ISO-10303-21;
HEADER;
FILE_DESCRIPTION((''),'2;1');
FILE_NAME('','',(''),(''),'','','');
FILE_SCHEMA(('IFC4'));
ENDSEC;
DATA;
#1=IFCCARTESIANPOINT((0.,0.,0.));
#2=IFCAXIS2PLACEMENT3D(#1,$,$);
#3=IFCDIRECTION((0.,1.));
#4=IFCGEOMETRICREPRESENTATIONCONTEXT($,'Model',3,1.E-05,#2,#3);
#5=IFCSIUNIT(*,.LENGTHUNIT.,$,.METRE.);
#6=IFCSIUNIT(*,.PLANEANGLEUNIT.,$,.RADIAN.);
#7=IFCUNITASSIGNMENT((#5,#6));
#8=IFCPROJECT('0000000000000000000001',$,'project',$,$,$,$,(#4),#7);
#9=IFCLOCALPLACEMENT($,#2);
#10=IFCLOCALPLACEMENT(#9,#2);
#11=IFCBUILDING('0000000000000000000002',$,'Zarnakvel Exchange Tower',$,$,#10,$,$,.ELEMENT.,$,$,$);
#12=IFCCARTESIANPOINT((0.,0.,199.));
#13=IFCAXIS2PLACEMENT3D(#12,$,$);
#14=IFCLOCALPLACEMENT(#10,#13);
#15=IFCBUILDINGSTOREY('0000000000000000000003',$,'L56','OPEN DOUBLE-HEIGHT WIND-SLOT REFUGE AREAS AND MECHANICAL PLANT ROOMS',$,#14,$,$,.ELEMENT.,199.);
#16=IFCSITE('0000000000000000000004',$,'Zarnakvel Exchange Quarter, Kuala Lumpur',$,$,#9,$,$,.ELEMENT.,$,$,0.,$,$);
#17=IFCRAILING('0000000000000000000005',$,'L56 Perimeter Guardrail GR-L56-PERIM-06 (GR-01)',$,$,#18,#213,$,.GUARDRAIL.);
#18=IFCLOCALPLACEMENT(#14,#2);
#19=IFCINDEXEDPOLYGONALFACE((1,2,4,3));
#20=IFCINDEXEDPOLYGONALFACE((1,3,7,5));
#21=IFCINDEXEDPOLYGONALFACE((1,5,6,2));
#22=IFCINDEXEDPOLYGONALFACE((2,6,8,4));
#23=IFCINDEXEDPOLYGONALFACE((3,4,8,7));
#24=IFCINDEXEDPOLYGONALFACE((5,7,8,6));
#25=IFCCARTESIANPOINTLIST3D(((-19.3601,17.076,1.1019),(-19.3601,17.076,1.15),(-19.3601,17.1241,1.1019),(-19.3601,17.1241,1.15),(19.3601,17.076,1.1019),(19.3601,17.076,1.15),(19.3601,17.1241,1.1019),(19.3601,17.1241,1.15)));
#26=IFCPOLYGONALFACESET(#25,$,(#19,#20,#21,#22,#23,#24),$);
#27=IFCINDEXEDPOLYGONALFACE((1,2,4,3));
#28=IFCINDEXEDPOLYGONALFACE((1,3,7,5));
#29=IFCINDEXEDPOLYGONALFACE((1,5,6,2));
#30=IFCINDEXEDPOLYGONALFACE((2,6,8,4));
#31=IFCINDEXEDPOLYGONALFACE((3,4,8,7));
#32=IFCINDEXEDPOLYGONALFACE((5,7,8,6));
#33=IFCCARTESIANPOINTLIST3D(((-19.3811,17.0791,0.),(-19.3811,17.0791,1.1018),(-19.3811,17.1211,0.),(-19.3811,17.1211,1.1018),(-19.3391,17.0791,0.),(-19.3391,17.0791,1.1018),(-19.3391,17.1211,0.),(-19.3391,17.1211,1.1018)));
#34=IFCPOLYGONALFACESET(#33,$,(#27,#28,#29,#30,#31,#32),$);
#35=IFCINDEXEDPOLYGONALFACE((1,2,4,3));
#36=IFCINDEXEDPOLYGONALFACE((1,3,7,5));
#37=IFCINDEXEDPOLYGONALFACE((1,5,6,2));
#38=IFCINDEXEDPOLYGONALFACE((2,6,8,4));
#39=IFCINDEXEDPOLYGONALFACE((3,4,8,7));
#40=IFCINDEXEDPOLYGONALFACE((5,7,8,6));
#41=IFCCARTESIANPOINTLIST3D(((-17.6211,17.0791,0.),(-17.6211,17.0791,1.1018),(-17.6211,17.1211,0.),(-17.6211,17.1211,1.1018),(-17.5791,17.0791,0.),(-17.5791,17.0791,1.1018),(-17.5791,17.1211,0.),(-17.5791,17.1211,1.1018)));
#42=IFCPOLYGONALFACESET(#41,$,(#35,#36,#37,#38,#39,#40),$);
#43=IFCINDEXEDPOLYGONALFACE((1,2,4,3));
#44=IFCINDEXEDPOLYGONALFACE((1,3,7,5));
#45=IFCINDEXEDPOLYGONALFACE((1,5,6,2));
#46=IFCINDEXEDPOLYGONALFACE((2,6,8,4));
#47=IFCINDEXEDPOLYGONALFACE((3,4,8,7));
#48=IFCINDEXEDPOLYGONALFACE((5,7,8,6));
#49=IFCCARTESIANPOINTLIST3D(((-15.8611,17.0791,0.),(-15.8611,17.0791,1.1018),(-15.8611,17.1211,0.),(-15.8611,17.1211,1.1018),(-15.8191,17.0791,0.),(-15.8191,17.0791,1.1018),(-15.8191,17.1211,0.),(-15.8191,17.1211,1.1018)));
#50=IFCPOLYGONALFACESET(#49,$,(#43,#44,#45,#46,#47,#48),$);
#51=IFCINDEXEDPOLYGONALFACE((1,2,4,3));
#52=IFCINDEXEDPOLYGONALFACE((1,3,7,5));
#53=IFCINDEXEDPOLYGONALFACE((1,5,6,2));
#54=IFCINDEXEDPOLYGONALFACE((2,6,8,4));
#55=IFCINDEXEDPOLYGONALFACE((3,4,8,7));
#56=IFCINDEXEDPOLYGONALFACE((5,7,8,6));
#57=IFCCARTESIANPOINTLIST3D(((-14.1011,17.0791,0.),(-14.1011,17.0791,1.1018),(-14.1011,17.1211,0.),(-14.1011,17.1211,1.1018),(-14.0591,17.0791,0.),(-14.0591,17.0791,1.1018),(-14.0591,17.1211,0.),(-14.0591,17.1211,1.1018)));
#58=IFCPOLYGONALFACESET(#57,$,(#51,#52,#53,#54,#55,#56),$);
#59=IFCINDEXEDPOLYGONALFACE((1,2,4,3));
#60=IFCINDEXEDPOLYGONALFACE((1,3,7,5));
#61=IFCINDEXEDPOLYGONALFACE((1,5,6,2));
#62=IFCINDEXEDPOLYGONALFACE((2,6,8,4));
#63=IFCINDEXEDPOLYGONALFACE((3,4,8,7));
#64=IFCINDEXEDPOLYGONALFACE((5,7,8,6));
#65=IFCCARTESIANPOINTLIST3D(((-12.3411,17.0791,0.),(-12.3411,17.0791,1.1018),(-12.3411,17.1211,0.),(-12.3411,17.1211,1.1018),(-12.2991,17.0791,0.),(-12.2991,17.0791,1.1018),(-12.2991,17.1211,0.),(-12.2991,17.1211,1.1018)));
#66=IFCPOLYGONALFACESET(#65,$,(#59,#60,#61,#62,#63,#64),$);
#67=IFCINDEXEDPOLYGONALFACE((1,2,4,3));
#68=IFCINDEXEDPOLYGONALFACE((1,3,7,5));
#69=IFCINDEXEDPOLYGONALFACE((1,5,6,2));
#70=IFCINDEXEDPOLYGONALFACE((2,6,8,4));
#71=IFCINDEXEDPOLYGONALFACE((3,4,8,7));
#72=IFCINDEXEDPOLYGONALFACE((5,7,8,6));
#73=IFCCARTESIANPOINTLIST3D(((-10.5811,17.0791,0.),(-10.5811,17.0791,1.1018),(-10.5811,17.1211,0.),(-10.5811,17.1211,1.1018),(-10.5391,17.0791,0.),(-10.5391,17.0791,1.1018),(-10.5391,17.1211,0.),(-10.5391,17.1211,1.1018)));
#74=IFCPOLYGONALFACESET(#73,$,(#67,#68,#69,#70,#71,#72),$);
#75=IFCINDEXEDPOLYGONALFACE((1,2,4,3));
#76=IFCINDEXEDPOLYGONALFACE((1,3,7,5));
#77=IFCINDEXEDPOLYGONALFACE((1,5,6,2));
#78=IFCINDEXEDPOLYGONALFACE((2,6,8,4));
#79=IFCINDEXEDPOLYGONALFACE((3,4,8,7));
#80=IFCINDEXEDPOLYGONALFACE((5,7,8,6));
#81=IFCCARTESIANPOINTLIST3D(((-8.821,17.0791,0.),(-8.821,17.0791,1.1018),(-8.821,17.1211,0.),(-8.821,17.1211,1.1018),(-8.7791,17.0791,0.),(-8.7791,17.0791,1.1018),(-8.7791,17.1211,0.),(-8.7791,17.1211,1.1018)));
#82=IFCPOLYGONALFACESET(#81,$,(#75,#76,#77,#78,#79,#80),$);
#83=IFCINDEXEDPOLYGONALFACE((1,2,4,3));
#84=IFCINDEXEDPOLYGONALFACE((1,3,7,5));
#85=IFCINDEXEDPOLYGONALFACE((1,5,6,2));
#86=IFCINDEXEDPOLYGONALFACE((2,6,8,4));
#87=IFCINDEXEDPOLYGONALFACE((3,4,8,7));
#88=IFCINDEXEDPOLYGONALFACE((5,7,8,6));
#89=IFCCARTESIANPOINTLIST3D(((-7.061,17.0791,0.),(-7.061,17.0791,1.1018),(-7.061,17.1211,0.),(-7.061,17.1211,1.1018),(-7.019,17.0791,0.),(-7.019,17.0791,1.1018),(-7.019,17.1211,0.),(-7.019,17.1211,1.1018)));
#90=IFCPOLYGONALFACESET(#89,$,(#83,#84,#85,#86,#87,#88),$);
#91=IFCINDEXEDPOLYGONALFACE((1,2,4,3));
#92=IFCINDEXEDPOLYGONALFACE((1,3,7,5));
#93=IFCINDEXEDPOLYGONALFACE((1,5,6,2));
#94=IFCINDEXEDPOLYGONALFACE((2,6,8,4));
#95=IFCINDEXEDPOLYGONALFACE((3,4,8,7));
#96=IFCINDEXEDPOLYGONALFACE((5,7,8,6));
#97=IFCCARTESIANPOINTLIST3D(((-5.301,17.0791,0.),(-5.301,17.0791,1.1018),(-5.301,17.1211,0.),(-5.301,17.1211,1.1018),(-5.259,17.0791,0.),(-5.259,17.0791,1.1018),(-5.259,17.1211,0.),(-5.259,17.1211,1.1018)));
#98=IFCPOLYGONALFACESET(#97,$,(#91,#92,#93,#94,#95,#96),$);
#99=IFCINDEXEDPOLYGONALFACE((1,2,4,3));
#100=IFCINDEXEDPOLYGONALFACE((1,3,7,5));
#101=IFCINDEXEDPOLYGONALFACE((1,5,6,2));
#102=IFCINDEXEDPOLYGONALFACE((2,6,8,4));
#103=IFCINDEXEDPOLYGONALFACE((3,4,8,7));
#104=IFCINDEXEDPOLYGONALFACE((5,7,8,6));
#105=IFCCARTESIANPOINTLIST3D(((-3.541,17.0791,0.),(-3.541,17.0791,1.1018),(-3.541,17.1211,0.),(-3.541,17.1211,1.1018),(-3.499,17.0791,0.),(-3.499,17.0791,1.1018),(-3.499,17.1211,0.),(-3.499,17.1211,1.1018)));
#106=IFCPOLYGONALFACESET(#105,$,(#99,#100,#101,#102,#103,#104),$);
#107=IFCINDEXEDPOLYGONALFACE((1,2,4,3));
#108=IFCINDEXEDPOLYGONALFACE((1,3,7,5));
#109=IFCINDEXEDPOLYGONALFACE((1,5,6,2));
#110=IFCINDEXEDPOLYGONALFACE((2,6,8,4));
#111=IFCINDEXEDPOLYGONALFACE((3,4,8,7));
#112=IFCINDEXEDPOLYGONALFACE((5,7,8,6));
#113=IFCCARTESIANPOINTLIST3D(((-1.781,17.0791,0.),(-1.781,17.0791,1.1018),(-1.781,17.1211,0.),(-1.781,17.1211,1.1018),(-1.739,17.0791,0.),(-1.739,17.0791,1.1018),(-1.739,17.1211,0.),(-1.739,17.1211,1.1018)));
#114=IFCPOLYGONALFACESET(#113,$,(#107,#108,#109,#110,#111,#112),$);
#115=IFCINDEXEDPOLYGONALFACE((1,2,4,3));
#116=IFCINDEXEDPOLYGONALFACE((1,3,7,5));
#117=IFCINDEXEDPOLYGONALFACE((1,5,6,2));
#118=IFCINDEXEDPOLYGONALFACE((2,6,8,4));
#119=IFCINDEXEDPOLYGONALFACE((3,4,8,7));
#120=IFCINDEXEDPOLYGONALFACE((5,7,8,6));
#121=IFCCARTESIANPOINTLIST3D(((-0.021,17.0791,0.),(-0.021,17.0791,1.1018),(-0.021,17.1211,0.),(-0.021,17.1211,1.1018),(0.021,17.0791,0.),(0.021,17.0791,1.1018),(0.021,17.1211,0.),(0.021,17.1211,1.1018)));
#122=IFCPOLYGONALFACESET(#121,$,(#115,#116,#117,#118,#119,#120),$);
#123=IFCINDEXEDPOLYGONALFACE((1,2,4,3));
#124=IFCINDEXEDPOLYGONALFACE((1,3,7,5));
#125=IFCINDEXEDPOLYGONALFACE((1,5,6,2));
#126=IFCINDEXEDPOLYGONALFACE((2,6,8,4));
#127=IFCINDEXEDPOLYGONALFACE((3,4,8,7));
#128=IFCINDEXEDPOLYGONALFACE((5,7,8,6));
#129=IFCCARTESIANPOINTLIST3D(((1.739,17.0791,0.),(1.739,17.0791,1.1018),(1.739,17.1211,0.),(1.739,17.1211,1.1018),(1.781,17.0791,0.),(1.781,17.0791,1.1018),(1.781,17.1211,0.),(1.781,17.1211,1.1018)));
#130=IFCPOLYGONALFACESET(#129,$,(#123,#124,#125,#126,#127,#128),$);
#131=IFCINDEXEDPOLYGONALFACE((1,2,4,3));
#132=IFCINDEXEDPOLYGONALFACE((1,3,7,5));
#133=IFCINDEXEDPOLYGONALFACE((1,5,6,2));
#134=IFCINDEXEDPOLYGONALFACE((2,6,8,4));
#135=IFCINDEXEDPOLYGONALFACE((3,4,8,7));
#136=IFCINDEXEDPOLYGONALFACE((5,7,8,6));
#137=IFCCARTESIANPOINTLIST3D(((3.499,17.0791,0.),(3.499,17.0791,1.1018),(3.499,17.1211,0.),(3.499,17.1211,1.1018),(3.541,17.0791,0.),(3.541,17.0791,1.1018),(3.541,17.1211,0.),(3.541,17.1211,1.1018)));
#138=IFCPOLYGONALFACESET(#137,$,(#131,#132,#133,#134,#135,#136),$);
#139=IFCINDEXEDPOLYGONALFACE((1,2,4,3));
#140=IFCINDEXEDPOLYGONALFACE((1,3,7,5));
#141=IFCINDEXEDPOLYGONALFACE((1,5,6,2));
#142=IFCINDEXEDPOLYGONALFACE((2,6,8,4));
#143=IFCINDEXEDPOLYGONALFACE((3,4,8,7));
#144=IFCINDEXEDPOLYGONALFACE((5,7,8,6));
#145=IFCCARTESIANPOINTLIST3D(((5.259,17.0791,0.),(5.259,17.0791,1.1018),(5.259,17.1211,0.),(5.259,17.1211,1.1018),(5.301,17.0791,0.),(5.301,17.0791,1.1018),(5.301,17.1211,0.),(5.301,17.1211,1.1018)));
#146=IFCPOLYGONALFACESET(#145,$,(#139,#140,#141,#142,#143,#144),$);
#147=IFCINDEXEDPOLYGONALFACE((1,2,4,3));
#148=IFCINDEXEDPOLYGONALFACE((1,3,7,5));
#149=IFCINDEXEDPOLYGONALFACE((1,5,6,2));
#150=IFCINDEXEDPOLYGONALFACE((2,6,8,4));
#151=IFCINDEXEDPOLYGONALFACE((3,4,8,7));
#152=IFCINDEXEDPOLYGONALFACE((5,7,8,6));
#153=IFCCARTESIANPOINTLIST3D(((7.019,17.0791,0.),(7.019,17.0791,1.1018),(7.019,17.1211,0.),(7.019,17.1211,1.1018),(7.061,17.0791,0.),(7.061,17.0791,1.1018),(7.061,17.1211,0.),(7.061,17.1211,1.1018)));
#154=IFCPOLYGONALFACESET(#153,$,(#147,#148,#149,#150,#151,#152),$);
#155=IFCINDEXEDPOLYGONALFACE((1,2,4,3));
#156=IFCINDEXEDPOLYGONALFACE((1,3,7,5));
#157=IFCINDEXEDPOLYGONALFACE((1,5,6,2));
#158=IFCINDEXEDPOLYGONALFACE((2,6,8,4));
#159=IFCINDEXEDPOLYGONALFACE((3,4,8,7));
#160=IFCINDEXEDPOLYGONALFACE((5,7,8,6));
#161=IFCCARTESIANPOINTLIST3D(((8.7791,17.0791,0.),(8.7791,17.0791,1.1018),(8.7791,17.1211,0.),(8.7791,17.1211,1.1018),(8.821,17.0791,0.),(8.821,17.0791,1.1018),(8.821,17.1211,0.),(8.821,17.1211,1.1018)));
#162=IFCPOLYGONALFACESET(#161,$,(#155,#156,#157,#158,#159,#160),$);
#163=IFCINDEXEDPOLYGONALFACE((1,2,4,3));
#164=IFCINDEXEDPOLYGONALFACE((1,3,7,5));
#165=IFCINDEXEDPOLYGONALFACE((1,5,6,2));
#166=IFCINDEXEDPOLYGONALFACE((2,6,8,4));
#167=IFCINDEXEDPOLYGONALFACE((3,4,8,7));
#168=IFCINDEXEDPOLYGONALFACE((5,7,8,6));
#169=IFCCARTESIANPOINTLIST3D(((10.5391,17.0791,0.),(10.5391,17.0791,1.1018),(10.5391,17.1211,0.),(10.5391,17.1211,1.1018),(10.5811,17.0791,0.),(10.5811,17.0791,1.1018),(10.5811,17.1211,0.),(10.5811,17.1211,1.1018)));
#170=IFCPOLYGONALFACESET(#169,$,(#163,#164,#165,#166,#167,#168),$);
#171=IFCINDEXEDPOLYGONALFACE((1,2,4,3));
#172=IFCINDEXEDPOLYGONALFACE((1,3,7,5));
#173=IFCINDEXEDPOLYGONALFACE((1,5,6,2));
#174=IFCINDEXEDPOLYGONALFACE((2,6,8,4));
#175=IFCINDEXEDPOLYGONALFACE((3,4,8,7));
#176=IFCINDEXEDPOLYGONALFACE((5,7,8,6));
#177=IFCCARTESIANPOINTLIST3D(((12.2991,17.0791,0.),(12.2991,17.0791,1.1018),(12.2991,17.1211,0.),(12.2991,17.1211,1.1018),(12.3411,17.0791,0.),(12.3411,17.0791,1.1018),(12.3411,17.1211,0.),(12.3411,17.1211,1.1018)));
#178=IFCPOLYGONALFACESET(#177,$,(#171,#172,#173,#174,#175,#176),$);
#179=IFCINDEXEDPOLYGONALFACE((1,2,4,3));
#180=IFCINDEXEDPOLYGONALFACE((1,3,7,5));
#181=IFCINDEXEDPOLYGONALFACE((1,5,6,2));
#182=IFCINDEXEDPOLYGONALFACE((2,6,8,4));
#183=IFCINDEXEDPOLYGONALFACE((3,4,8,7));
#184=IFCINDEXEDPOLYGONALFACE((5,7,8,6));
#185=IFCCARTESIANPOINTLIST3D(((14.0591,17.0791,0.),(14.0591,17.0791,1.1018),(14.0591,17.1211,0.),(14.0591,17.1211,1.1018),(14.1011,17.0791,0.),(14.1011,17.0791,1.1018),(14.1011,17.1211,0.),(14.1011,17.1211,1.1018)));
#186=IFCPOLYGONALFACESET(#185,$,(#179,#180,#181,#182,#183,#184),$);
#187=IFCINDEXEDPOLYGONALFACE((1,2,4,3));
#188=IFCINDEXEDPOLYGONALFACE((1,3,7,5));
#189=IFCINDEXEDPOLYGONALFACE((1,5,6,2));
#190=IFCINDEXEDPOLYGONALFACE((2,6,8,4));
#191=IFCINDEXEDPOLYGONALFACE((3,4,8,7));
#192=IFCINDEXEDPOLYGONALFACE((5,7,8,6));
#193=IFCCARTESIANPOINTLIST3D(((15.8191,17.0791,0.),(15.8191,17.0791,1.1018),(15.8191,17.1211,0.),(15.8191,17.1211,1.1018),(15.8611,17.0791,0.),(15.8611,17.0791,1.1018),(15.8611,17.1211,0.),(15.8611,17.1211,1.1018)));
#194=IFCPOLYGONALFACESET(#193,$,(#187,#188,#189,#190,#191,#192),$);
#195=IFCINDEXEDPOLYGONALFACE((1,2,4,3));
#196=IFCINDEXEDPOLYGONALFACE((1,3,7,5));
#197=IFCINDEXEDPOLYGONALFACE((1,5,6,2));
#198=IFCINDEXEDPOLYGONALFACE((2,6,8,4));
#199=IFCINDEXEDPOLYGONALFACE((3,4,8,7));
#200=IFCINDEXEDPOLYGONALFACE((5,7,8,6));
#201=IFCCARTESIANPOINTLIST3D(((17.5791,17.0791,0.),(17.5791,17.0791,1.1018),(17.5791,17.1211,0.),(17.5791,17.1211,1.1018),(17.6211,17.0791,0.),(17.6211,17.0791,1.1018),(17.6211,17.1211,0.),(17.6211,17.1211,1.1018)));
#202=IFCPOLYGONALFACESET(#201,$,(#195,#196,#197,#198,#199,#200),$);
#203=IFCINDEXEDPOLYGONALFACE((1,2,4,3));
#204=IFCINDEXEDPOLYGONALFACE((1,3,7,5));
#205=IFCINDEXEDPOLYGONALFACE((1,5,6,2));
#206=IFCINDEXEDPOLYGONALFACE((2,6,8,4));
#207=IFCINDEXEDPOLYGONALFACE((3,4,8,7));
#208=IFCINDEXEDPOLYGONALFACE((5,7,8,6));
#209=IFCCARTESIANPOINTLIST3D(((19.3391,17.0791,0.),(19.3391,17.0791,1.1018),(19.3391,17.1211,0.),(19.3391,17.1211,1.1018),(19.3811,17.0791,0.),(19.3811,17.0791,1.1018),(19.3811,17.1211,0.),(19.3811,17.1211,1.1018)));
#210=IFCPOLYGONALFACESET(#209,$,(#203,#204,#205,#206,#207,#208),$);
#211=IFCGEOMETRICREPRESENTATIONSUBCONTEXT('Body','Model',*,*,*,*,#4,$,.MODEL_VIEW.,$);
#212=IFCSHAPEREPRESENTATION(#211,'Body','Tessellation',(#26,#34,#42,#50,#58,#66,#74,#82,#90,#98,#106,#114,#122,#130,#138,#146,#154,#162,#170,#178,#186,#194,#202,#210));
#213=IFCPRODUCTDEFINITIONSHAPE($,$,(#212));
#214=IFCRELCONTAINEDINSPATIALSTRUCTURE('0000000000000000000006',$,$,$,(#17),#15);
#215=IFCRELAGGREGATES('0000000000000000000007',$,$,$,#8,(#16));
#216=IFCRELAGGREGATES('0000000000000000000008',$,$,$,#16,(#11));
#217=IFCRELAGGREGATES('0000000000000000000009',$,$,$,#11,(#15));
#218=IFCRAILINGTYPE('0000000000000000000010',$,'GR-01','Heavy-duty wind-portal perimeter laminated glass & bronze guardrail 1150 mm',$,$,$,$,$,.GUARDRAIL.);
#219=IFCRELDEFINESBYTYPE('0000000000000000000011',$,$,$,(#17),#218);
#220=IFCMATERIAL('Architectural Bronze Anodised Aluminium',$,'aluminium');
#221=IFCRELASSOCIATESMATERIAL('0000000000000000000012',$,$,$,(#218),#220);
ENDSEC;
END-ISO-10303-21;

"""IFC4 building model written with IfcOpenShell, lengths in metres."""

from ifc_helpers import new_model, si_unit, direction, frame, origin, origin_2d, place, context, subcontext, project, spatial, rectangle, extrude, material, type_object, element, save


model = new_model("IFC4")

# Units and contexts
model_context = context("Model", 3, precision=1e-05, world=origin(), true_north=direction((0.0, 1.0)))
body_context = subcontext(model_context, "Body", "Model", "MODEL_VIEW")
ifc_project = project(units=[si_unit("LENGTHUNIT", "METRE"), si_unit("PLANEANGLEUNIT", "RADIAN")], contexts=[model_context])

# Site, building, storey
site_placement = place(None, origin())
site = spatial("IfcSite", under=ifc_project, at=site_placement, Name="Zarnakvel Exchange Quarter, Kuala Lumpur", CompositionType="ELEMENT", RefElevation=0.0)
building_placement = place(site_placement, origin())
building = spatial("IfcBuilding", under=site, at=building_placement, Name="Zarnakvel Exchange Tower", CompositionType="ELEMENT")
storey_placement = place(building_placement, frame((0.0, 0.0, 199.0)))
storey = spatial("IfcBuildingStorey", under=building, at=storey_placement, Name="L56", Description="OPEN DOUBLE-HEIGHT WIND-SLOT REFUGE AREAS AND MECHANICAL PLANT ROOMS", CompositionType="ELEMENT", Elevation=199.0)

# Railing
ifc_material_1 = material(Name="Architectural Bronze Anodised Aluminium", Category="aluminium")
railing_type = type_object("IfcRailingType", Name="GR-01", Description="Heavy-duty wind-portal perimeter laminated glass & bronze guardrail 1150 mm", PredefinedType="GUARDRAIL", material=ifc_material_1)
railing_1_placement = place(storey_placement, frame((-19.3601, 17.1001, 0.0)))
element("IfcRailing", 1, at=railing_1_placement, inside=storey, type_object=railing_type, Name="L56 Perimeter Guardrail GR-L56-PERIM-06 (GR-01)", PredefinedType="GUARDRAIL", context=body_context, shape_type="SweptSolid", body=[
    extrude(rectangle(XDim=0.0481, YDim=0.0481, at=origin_2d()), frame((0.0, 0.0, 1.126), z_axis=(1.0, 0.0, 0.0), x_axis=(0.0, 1.0, 0.0)), (0.0, 0.0, 1.0), 38.7202),
    extrude(rectangle(XDim=0.042, YDim=0.042, at=origin_2d()), origin(), (0.0, 0.0, 1.0), 1.1018),
    extrude(rectangle(XDim=0.042, YDim=0.042, at=origin_2d()), frame((1.76, 0.0, 0.0)), (0.0, 0.0, 1.0), 1.1018),
    extrude(rectangle(XDim=0.042, YDim=0.042, at=origin_2d()), frame((3.52, 0.0, 0.0)), (0.0, 0.0, 1.0), 1.1018),
    extrude(rectangle(XDim=0.042, YDim=0.042, at=origin_2d()), frame((5.28, 0.0, 0.0)), (0.0, 0.0, 1.0), 1.1018),
    extrude(rectangle(XDim=0.042, YDim=0.042, at=origin_2d()), frame((7.04, 0.0, 0.0)), (0.0, 0.0, 1.0), 1.1018),
    extrude(rectangle(XDim=0.042, YDim=0.042, at=origin_2d()), frame((8.8, 0.0, 0.0)), (0.0, 0.0, 1.0), 1.1018),
    extrude(rectangle(XDim=0.042, YDim=0.042, at=origin_2d()), frame((10.5601, 0.0, 0.0)), (0.0, 0.0, 1.0), 1.1018),
    extrude(rectangle(XDim=0.042, YDim=0.042, at=origin_2d()), frame((12.3201, 0.0, 0.0)), (0.0, 0.0, 1.0), 1.1018),
    extrude(rectangle(XDim=0.042, YDim=0.042, at=origin_2d()), frame((14.0801, 0.0, 0.0)), (0.0, 0.0, 1.0), 1.1018),
    extrude(rectangle(XDim=0.042, YDim=0.042, at=origin_2d()), frame((15.8401, 0.0, 0.0)), (0.0, 0.0, 1.0), 1.1018),
    extrude(rectangle(XDim=0.042, YDim=0.042, at=origin_2d()), frame((17.6001, 0.0, 0.0)), (0.0, 0.0, 1.0), 1.1018),
    extrude(rectangle(XDim=0.042, YDim=0.042, at=origin_2d()), frame((19.3601, 0.0, 0.0)), (0.0, 0.0, 1.0), 1.1018),
    extrude(rectangle(XDim=0.042, YDim=0.042, at=origin_2d()), frame((21.1201, 0.0, 0.0)), (0.0, 0.0, 1.0), 1.1018),
    extrude(rectangle(XDim=0.042, YDim=0.042, at=origin_2d()), frame((22.8801, 0.0, 0.0)), (0.0, 0.0, 1.0), 1.1018),
    extrude(rectangle(XDim=0.042, YDim=0.042, at=origin_2d()), frame((24.6401, 0.0, 0.0)), (0.0, 0.0, 1.0), 1.1018),
    extrude(rectangle(XDim=0.042, YDim=0.042, at=origin_2d()), frame((26.4001, 0.0, 0.0)), (0.0, 0.0, 1.0), 1.1018),
    extrude(rectangle(XDim=0.042, YDim=0.042, at=origin_2d()), frame((28.1602, 0.0, 0.0)), (0.0, 0.0, 1.0), 1.1018),
    extrude(rectangle(XDim=0.042, YDim=0.042, at=origin_2d()), frame((29.9202, 0.0, 0.0)), (0.0, 0.0, 1.0), 1.1018),
    extrude(rectangle(XDim=0.042, YDim=0.042, at=origin_2d()), frame((31.6802, 0.0, 0.0)), (0.0, 0.0, 1.0), 1.1018),
    extrude(rectangle(XDim=0.042, YDim=0.042, at=origin_2d()), frame((33.4402, 0.0, 0.0)), (0.0, 0.0, 1.0), 1.1018),
    extrude(rectangle(XDim=0.042, YDim=0.042, at=origin_2d()), frame((35.2002, 0.0, 0.0)), (0.0, 0.0, 1.0), 1.1018),
    extrude(rectangle(XDim=0.042, YDim=0.042, at=origin_2d()), frame((36.9602, 0.0, 0.0)), (0.0, 0.0, 1.0), 1.1018),
    extrude(rectangle(XDim=0.042, YDim=0.042, at=origin_2d()), frame((38.7202, 0.0, 0.0)), (0.0, 0.0, 1.0), 1.1018),
])

save(model, "model.ifc")
